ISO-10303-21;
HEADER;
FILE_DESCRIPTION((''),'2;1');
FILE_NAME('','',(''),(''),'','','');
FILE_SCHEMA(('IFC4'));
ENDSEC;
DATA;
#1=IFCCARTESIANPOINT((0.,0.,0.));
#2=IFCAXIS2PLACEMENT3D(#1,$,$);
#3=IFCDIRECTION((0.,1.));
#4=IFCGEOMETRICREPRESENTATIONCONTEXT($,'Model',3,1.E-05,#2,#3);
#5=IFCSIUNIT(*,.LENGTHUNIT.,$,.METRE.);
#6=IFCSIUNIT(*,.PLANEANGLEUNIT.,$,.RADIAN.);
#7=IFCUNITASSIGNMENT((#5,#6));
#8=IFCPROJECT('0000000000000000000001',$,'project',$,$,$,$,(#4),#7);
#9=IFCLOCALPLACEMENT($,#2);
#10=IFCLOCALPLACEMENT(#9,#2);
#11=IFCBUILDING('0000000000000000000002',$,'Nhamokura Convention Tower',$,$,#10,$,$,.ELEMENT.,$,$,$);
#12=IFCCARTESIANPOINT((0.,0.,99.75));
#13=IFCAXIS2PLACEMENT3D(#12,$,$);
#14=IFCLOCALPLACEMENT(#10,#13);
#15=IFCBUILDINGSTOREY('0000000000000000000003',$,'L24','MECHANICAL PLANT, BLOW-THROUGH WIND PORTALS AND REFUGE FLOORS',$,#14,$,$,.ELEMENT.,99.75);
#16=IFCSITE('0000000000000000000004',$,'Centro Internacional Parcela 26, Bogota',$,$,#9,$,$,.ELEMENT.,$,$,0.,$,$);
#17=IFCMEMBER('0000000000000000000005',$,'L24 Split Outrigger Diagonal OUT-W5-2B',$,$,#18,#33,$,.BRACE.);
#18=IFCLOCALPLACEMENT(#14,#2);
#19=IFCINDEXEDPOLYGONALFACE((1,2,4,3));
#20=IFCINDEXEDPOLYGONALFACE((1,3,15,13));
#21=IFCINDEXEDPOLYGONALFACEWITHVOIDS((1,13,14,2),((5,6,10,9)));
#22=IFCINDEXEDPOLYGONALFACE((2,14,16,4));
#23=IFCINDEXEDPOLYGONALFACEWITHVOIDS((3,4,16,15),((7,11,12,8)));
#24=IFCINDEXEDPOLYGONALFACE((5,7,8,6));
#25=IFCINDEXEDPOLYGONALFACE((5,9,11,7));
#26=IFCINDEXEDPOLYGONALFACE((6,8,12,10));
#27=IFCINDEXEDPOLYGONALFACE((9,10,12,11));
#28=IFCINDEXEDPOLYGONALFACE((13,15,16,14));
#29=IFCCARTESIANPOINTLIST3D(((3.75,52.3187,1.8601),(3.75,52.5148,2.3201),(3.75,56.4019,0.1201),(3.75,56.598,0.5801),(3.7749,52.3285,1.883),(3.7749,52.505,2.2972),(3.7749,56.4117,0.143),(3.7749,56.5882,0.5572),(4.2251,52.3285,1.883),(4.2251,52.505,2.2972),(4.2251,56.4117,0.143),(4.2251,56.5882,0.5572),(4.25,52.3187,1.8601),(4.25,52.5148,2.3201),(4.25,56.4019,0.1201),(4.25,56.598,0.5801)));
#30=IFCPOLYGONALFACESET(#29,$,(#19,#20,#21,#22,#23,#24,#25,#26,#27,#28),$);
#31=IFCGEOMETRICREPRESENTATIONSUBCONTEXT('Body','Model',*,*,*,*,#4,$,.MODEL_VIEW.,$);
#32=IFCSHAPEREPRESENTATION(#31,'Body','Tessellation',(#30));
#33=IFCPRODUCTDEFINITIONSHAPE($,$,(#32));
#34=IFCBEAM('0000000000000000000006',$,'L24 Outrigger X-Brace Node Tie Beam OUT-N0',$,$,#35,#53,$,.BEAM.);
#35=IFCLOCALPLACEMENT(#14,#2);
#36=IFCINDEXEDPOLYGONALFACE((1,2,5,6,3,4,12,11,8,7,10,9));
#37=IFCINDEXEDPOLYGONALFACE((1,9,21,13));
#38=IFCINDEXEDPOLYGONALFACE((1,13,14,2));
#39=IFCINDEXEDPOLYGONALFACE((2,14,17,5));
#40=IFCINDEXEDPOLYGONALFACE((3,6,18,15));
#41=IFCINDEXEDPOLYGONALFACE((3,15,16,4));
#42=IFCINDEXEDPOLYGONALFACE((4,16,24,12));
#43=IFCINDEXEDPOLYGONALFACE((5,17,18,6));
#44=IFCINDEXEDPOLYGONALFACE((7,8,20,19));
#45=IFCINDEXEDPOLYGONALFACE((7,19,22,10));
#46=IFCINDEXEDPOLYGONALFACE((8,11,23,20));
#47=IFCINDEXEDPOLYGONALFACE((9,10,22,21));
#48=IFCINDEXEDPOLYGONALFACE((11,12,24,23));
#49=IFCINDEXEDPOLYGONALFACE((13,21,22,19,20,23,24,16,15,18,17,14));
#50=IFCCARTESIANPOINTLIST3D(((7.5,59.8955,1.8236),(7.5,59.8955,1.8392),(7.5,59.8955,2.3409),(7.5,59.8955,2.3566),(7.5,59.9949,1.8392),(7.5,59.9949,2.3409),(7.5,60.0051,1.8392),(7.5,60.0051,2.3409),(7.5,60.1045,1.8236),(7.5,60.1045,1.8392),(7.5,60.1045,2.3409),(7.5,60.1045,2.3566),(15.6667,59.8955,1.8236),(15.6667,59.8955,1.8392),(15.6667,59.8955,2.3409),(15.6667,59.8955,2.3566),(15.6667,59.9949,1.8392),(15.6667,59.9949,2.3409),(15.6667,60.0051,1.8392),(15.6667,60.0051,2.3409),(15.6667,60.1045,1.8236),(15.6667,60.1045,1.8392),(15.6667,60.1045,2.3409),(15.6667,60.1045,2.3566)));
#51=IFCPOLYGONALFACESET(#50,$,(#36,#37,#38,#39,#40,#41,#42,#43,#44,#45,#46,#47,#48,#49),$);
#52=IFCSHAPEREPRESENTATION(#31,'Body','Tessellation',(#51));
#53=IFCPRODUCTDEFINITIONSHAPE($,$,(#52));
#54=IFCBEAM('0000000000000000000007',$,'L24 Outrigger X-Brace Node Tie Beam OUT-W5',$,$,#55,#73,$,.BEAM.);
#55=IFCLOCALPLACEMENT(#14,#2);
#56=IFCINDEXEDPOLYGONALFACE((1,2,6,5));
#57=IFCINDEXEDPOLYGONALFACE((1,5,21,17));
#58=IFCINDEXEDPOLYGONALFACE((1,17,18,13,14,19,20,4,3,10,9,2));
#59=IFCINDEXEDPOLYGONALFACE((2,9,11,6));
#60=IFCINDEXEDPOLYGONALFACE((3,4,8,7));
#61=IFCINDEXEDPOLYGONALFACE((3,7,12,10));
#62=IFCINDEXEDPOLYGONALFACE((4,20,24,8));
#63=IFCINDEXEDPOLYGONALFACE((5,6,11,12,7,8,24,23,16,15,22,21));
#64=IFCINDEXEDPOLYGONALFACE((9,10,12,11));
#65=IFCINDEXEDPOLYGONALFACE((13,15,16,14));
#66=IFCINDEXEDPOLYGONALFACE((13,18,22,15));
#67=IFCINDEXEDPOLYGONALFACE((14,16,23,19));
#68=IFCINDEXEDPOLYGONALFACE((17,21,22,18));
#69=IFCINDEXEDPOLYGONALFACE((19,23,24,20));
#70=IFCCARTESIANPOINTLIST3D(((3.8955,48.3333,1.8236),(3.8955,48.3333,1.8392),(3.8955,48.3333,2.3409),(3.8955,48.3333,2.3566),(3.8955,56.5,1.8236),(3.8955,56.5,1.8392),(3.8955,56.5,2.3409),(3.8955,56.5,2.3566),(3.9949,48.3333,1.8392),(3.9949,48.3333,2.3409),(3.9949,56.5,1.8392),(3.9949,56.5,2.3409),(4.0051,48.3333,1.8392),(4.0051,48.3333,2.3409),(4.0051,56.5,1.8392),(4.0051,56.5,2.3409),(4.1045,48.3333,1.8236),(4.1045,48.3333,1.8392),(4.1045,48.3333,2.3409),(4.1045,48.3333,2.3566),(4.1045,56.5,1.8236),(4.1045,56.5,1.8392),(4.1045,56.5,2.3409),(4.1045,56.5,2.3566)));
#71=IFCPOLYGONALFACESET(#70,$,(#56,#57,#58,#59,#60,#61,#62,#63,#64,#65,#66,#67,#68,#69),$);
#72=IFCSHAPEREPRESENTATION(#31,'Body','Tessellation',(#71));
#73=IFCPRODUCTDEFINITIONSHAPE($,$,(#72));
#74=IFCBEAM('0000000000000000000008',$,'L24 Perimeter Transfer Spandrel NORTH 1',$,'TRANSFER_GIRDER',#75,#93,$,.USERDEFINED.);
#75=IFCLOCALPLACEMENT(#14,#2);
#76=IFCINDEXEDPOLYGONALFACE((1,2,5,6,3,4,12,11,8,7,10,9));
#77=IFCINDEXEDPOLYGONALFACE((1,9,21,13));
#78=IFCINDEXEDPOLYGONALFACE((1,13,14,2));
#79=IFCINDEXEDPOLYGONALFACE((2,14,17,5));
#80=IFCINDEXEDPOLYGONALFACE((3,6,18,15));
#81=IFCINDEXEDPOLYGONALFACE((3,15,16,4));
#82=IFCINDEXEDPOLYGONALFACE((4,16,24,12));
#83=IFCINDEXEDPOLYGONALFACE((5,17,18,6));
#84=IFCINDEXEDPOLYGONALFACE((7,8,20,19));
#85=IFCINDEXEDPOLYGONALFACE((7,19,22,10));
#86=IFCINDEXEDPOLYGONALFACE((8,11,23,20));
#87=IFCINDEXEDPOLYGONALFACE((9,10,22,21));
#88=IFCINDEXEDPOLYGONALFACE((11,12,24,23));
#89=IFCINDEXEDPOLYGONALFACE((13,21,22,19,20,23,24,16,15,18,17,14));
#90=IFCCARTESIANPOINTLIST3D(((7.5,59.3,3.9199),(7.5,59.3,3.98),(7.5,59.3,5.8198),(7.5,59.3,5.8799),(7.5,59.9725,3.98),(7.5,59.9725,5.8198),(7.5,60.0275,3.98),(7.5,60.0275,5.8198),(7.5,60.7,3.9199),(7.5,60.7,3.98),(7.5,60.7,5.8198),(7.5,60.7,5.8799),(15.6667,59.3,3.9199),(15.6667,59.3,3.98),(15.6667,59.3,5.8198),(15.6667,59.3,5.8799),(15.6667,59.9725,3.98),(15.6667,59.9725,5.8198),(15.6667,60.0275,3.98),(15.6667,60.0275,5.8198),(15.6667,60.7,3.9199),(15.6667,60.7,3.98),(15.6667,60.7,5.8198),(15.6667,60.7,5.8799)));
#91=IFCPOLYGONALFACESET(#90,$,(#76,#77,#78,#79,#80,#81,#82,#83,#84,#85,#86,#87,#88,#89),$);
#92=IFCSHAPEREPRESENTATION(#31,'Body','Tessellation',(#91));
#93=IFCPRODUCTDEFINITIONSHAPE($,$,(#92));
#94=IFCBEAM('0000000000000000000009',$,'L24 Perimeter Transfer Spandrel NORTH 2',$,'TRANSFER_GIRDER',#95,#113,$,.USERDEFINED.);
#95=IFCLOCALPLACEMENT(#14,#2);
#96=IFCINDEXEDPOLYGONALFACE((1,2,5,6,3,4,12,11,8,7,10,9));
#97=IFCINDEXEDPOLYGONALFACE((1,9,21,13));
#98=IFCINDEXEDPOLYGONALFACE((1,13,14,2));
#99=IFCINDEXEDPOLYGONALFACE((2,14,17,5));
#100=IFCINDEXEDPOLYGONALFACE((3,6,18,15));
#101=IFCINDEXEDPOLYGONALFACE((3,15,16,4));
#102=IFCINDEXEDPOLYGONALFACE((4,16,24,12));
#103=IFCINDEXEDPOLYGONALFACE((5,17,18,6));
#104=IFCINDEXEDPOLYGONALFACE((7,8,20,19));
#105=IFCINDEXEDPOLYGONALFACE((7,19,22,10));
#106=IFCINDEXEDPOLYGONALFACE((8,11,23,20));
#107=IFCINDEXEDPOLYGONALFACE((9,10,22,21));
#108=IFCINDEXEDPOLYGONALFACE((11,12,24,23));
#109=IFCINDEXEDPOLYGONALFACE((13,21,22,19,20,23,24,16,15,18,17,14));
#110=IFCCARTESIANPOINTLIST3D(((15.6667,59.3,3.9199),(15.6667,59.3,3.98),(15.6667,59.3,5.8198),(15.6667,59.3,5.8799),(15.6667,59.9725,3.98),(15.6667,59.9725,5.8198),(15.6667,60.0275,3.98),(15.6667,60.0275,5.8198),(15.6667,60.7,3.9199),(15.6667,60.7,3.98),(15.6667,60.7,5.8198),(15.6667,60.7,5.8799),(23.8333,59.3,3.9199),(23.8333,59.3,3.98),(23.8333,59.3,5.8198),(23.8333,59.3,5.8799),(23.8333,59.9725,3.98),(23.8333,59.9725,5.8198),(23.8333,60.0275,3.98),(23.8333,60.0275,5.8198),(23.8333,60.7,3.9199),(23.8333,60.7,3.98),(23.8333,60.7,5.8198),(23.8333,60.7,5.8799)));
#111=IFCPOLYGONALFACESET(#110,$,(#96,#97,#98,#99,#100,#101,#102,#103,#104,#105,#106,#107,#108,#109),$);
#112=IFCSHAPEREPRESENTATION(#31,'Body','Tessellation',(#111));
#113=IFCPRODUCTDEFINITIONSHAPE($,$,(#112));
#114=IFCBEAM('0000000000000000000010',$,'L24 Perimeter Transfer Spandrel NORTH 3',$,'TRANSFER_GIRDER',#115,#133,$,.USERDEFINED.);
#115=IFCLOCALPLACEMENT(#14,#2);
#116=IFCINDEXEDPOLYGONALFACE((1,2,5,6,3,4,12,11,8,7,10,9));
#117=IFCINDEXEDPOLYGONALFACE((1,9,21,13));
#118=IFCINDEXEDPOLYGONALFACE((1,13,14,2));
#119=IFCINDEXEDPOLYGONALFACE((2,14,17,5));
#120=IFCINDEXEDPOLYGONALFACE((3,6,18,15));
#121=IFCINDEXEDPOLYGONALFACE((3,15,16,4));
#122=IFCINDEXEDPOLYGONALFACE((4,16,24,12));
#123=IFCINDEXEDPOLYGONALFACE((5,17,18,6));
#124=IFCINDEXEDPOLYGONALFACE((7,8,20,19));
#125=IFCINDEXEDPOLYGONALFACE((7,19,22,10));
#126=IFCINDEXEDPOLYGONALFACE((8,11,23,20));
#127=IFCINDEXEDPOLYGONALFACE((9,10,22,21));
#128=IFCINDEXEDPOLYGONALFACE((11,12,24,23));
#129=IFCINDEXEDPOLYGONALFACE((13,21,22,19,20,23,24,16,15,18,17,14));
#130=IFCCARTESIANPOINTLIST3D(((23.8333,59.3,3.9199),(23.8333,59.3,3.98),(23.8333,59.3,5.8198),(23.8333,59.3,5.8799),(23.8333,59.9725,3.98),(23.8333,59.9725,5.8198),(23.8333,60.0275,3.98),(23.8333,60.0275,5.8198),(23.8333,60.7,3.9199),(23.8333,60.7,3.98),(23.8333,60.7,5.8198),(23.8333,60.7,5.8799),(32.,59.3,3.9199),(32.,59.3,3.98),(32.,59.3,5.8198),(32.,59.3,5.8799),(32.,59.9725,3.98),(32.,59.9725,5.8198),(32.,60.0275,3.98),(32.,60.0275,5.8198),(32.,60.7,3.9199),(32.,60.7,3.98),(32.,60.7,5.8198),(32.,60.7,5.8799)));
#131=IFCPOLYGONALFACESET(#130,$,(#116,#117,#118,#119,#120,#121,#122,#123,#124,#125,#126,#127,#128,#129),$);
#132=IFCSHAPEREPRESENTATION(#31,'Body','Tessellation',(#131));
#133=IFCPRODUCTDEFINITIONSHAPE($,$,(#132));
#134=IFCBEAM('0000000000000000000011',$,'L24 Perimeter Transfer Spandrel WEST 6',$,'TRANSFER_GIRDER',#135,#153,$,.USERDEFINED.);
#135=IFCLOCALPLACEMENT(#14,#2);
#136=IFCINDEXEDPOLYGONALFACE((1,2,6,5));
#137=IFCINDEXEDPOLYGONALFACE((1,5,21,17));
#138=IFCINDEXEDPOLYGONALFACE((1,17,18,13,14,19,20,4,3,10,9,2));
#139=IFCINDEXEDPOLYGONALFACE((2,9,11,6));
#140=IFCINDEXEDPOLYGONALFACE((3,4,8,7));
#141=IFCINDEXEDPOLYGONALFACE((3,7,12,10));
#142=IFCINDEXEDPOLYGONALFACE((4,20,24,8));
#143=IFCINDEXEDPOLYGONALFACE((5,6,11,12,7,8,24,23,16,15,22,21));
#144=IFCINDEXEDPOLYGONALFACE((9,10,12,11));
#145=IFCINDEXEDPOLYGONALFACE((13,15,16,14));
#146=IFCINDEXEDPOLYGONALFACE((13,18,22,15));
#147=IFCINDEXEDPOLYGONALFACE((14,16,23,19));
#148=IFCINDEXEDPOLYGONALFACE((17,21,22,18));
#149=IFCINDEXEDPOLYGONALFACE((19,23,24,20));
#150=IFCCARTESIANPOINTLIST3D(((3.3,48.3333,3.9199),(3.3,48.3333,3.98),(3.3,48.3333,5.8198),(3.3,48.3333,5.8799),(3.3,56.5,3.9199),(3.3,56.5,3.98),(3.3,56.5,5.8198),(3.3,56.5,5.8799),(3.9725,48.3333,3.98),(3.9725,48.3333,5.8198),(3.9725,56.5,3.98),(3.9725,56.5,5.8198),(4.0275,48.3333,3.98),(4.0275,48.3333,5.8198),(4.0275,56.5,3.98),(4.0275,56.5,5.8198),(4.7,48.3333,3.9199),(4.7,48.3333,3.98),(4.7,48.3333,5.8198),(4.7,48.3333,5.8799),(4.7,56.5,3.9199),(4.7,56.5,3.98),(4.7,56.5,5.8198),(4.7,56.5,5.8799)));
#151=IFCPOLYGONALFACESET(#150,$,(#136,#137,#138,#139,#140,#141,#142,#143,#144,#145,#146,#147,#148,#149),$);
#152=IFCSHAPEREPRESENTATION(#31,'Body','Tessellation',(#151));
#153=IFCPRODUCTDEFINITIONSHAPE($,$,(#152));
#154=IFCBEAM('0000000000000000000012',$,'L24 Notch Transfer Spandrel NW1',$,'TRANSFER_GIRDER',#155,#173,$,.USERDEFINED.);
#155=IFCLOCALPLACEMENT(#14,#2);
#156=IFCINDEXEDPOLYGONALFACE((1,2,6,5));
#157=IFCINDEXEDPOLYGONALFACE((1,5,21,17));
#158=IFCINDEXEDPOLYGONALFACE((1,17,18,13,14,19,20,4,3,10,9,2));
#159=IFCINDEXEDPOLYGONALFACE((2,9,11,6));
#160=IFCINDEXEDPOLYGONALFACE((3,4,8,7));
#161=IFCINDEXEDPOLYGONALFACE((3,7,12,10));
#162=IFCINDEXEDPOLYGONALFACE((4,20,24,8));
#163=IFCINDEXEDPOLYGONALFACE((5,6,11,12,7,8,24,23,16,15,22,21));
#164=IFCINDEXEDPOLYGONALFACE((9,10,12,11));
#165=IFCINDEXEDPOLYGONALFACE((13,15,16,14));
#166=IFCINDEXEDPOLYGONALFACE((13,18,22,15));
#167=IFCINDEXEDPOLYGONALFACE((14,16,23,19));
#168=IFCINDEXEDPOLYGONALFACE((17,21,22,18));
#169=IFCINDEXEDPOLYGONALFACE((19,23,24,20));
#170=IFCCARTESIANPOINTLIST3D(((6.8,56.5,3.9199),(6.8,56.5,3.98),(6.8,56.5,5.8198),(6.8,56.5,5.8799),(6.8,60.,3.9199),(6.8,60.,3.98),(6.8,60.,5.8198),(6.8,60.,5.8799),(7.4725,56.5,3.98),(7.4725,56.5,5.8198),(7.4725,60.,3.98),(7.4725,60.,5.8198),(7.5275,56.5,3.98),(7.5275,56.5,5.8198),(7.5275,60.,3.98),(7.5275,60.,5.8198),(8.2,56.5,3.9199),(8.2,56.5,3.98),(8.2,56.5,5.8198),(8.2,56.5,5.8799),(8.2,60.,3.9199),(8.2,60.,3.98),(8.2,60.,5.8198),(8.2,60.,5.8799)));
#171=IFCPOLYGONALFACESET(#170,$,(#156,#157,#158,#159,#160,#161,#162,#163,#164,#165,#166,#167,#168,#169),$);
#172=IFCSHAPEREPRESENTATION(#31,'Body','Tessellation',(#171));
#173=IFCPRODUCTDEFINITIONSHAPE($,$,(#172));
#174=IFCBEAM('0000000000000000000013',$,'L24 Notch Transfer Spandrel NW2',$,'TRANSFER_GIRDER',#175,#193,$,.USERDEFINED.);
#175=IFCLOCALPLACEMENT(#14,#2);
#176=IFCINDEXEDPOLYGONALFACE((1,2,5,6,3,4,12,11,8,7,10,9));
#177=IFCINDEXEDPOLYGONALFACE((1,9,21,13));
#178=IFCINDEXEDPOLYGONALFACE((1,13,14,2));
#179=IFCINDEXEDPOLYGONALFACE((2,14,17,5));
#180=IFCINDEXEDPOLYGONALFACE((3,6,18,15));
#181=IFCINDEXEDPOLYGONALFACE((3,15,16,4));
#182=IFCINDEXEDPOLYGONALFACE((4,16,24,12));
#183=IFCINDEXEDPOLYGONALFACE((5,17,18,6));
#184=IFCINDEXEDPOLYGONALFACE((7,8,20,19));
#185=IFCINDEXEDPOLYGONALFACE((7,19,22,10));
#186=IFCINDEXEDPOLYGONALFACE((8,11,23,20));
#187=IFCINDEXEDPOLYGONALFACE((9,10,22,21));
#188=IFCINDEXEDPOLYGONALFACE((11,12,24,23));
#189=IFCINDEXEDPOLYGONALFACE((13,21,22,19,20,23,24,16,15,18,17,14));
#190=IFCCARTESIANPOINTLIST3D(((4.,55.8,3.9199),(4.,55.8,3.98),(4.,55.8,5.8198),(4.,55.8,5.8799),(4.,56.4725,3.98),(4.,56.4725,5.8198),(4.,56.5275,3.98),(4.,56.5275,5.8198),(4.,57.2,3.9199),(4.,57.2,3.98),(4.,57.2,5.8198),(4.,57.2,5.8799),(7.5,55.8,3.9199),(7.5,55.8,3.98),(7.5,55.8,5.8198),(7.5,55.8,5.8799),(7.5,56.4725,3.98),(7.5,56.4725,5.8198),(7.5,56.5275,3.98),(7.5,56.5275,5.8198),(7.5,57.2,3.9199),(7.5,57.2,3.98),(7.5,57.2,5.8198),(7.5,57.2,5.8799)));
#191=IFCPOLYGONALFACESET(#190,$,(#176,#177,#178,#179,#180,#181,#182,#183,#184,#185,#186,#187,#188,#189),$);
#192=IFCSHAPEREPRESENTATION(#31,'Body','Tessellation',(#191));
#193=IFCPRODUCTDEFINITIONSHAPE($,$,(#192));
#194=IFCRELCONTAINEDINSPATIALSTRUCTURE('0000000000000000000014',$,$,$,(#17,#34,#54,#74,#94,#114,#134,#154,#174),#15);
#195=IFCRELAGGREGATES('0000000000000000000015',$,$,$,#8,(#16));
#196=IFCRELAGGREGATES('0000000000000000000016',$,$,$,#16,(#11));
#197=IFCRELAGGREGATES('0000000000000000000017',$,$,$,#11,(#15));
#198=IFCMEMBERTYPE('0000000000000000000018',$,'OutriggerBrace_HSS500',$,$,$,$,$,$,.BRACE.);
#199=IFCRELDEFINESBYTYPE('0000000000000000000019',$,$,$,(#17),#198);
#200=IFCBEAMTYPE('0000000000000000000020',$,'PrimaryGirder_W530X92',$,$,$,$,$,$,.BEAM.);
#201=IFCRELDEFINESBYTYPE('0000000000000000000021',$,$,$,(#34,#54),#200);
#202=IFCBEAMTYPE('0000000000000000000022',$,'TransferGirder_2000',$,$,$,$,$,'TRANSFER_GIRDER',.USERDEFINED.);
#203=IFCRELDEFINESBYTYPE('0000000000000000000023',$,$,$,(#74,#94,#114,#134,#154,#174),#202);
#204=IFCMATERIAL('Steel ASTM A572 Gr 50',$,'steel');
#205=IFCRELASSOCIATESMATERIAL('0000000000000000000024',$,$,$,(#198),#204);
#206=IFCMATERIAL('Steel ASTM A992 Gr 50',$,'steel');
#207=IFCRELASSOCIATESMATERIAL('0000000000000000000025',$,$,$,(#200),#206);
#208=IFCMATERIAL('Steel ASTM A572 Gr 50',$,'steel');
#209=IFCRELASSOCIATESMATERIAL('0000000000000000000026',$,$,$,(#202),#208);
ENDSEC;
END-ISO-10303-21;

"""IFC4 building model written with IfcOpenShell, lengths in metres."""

from ifc_helpers import new_model, si_unit, direction, frame, origin, origin_2d, place, context, subcontext, project, spatial, hollow_rectangle, i_section, extrude, material, material_profile, profile_set, type_object, element, save


model = new_model("IFC4")

# Units and contexts
model_context = context("Model", 3, precision=1e-05, world=origin(), true_north=direction((0.0, 1.0)))
body_context = subcontext(model_context, "Body", "Model", "MODEL_VIEW")
ifc_project = project(units=[si_unit("LENGTHUNIT", "METRE"), si_unit("PLANEANGLEUNIT", "RADIAN")], contexts=[model_context])

# Site, building, storey
site_placement = place(None, origin())
site = spatial("IfcSite", under=ifc_project, at=site_placement, Name="Centro Internacional Parcela 26, Bogota", CompositionType="ELEMENT", RefElevation=0.0)
building_placement = place(site_placement, origin())
building = spatial("IfcBuilding", under=site, at=building_placement, Name="Nhamokura Convention Tower", CompositionType="ELEMENT")
storey_placement = place(building_placement, frame((0.0, 0.0, 99.75)))
storey = spatial("IfcBuildingStorey", under=building, at=storey_placement, Name="L24", Description="MECHANICAL PLANT, BLOW-THROUGH WIND PORTALS AND REFUGE FLOORS", CompositionType="ELEMENT", Elevation=99.75)

# Member
ifc_material_1 = material(Name="Steel ASTM A572 Gr 50", Category="steel")
ifc_material_profile_1 = material_profile(ifc_material_1, hollow_rectangle(XDim=0.5, YDim=0.5, WallThickness=0.0249, at=origin_2d()))
ifc_profile_set_1 = profile_set([ifc_material_profile_1], Name="Steel ASTM A572 Gr 50")
member_type_1 = type_object("IfcMemberType", Name="OutriggerBrace_HSS500", PredefinedType="BRACE", material=ifc_profile_set_1)
member_1_placement = place(storey_placement, frame((4.0, 52.4167, 2.0901), z_axis=(0.0, 0.919957, -0.39202), x_axis=(-1.0, 0.0, 0.0)))
element("IfcMember", 1, at=member_1_placement, inside=storey, type_object=member_type_1, Name="L24 Split Outrigger Diagonal OUT-W5-2B", PredefinedType="BRACE", context=body_context, shape_type="SweptSolid", body=[
    extrude(hollow_rectangle(XDim=0.5, YDim=0.5, WallThickness=0.0249, at=origin_2d()), origin(), (0.0, 0.0, 1.0), 4.4385),
])

# Beams
ifc_material_2 = material(Name="Steel ASTM A992 Gr 50", Category="steel")
ifc_material_profile_2 = material_profile(ifc_material_2, i_section(OverallWidth=0.209, OverallDepth=0.533, WebThickness=0.0103, FlangeThickness=0.0156, at=origin_2d()))
ifc_profile_set_2 = profile_set([ifc_material_profile_2], Name="Steel ASTM A992 Gr 50")
beam_type_1 = type_object("IfcBeamType", Name="PrimaryGirder_W530X92", PredefinedType="BEAM", material=ifc_profile_set_2)
for number, where, z_axis, x_axis, name in (
    (2, (7.5, 60.0, 2.0901), (1.0, 0.0, 0.0), (0.0, 1.0, 0.0), "L24 Outrigger X-Brace Node Tie Beam OUT-N0"),
    (3, (4.0, 48.3333, 2.0901), (0.0, 1.0, 0.0), (-1.0, 0.0, 0.0), "L24 Outrigger X-Brace Node Tie Beam OUT-W5"),
):
    element("IfcBeam", number, at=place(storey_placement, frame(where, z_axis=z_axis, x_axis=x_axis)), inside=storey, type_object=beam_type_1, Name=name, PredefinedType="BEAM", context=body_context, shape_type="SweptSolid", body=[
        extrude(i_section(OverallWidth=0.209, OverallDepth=0.533, WebThickness=0.0103, FlangeThickness=0.0156, at=origin_2d()), origin(), (0.0, 0.0, 1.0), 8.1667),
    ])
ifc_material_3 = material(Name="Steel ASTM A572 Gr 50", Category="steel")
ifc_material_profile_3 = material_profile(ifc_material_3, i_section(OverallWidth=1.3999, OverallDepth=1.96, WebThickness=0.0549, FlangeThickness=0.0601, at=origin_2d()))
ifc_profile_set_3 = profile_set([ifc_material_profile_3], Name="Steel ASTM A572 Gr 50")
beam_type_2 = type_object("IfcBeamType", Name="TransferGirder_2000", ElementType="TRANSFER_GIRDER", PredefinedType="USERDEFINED", material=ifc_profile_set_3)
beam_1_placement = place(storey_placement, frame((7.5, 60.0, 4.8999), z_axis=(1.0, 0.0, 0.0), x_axis=(0.0, 1.0, 0.0)))
element("IfcBeam", 4, at=beam_1_placement, inside=storey, type_object=beam_type_2, Name="L24 Perimeter Transfer Spandrel NORTH 1", ObjectType="TRANSFER_GIRDER", PredefinedType="USERDEFINED", context=body_context, shape_type="SweptSolid", body=[
    extrude(i_section(OverallWidth=1.3999, OverallDepth=1.96, WebThickness=0.0549, FlangeThickness=0.0601, at=origin_2d()), origin(), (0.0, 0.0, 1.0), 8.1667),
])
beam_2_placement = place(storey_placement, frame((15.6667, 60.0, 4.8999), z_axis=(1.0, 0.0, 0.0), x_axis=(0.0, 1.0, 0.0)))
element("IfcBeam", 5, at=beam_2_placement, inside=storey, type_object=beam_type_2, Name="L24 Perimeter Transfer Spandrel NORTH 2", ObjectType="TRANSFER_GIRDER", PredefinedType="USERDEFINED", context=body_context, shape_type="SweptSolid", body=[
    extrude(i_section(OverallWidth=1.3999, OverallDepth=1.96, WebThickness=0.0549, FlangeThickness=0.0601, at=origin_2d()), origin(), (0.0, 0.0, 1.0), 8.1665),
])
for number, where, z_axis, x_axis, name in (
    (6, (23.8333, 60.0, 4.8999), (1.0, 0.0, 0.0), (0.0, 1.0, 0.0), "L24 Perimeter Transfer Spandrel NORTH 3"),
    (7, (4.0, 48.3333, 4.8999), (0.0, 1.0, 0.0), (-1.0, 0.0, 0.0), "L24 Perimeter Transfer Spandrel WEST 6"),
):
    element("IfcBeam", number, at=place(storey_placement, frame(where, z_axis=z_axis, x_axis=x_axis)), inside=storey, type_object=beam_type_2, Name=name, ObjectType="TRANSFER_GIRDER", PredefinedType="USERDEFINED", context=body_context, shape_type="SweptSolid", body=[
        extrude(i_section(OverallWidth=1.3999, OverallDepth=1.96, WebThickness=0.0549, FlangeThickness=0.0601, at=origin_2d()), origin(), (0.0, 0.0, 1.0), 8.1667),
    ])
for number, where, z_axis, x_axis, name in (
    (8, (7.5, 60.0, 4.8999), (0.0, -1.0, 0.0), (1.0, 0.0, 0.0), "L24 Notch Transfer Spandrel NW1"),
    (9, (7.5, 56.5, 4.8999), (-1.0, 0.0, 0.0), (0.0, -1.0, 0.0), "L24 Notch Transfer Spandrel NW2"),
):
    element("IfcBeam", number, at=place(storey_placement, frame(where, z_axis=z_axis, x_axis=x_axis)), inside=storey, type_object=beam_type_2, Name=name, ObjectType="TRANSFER_GIRDER", PredefinedType="USERDEFINED", context=body_context, shape_type="SweptSolid", body=[
        extrude(i_section(OverallWidth=1.3999, OverallDepth=1.96, WebThickness=0.0549, FlangeThickness=0.0601, at=origin_2d()), origin(), (0.0, 0.0, 1.0), 3.5),
    ])

save(model, "model.ifc")
